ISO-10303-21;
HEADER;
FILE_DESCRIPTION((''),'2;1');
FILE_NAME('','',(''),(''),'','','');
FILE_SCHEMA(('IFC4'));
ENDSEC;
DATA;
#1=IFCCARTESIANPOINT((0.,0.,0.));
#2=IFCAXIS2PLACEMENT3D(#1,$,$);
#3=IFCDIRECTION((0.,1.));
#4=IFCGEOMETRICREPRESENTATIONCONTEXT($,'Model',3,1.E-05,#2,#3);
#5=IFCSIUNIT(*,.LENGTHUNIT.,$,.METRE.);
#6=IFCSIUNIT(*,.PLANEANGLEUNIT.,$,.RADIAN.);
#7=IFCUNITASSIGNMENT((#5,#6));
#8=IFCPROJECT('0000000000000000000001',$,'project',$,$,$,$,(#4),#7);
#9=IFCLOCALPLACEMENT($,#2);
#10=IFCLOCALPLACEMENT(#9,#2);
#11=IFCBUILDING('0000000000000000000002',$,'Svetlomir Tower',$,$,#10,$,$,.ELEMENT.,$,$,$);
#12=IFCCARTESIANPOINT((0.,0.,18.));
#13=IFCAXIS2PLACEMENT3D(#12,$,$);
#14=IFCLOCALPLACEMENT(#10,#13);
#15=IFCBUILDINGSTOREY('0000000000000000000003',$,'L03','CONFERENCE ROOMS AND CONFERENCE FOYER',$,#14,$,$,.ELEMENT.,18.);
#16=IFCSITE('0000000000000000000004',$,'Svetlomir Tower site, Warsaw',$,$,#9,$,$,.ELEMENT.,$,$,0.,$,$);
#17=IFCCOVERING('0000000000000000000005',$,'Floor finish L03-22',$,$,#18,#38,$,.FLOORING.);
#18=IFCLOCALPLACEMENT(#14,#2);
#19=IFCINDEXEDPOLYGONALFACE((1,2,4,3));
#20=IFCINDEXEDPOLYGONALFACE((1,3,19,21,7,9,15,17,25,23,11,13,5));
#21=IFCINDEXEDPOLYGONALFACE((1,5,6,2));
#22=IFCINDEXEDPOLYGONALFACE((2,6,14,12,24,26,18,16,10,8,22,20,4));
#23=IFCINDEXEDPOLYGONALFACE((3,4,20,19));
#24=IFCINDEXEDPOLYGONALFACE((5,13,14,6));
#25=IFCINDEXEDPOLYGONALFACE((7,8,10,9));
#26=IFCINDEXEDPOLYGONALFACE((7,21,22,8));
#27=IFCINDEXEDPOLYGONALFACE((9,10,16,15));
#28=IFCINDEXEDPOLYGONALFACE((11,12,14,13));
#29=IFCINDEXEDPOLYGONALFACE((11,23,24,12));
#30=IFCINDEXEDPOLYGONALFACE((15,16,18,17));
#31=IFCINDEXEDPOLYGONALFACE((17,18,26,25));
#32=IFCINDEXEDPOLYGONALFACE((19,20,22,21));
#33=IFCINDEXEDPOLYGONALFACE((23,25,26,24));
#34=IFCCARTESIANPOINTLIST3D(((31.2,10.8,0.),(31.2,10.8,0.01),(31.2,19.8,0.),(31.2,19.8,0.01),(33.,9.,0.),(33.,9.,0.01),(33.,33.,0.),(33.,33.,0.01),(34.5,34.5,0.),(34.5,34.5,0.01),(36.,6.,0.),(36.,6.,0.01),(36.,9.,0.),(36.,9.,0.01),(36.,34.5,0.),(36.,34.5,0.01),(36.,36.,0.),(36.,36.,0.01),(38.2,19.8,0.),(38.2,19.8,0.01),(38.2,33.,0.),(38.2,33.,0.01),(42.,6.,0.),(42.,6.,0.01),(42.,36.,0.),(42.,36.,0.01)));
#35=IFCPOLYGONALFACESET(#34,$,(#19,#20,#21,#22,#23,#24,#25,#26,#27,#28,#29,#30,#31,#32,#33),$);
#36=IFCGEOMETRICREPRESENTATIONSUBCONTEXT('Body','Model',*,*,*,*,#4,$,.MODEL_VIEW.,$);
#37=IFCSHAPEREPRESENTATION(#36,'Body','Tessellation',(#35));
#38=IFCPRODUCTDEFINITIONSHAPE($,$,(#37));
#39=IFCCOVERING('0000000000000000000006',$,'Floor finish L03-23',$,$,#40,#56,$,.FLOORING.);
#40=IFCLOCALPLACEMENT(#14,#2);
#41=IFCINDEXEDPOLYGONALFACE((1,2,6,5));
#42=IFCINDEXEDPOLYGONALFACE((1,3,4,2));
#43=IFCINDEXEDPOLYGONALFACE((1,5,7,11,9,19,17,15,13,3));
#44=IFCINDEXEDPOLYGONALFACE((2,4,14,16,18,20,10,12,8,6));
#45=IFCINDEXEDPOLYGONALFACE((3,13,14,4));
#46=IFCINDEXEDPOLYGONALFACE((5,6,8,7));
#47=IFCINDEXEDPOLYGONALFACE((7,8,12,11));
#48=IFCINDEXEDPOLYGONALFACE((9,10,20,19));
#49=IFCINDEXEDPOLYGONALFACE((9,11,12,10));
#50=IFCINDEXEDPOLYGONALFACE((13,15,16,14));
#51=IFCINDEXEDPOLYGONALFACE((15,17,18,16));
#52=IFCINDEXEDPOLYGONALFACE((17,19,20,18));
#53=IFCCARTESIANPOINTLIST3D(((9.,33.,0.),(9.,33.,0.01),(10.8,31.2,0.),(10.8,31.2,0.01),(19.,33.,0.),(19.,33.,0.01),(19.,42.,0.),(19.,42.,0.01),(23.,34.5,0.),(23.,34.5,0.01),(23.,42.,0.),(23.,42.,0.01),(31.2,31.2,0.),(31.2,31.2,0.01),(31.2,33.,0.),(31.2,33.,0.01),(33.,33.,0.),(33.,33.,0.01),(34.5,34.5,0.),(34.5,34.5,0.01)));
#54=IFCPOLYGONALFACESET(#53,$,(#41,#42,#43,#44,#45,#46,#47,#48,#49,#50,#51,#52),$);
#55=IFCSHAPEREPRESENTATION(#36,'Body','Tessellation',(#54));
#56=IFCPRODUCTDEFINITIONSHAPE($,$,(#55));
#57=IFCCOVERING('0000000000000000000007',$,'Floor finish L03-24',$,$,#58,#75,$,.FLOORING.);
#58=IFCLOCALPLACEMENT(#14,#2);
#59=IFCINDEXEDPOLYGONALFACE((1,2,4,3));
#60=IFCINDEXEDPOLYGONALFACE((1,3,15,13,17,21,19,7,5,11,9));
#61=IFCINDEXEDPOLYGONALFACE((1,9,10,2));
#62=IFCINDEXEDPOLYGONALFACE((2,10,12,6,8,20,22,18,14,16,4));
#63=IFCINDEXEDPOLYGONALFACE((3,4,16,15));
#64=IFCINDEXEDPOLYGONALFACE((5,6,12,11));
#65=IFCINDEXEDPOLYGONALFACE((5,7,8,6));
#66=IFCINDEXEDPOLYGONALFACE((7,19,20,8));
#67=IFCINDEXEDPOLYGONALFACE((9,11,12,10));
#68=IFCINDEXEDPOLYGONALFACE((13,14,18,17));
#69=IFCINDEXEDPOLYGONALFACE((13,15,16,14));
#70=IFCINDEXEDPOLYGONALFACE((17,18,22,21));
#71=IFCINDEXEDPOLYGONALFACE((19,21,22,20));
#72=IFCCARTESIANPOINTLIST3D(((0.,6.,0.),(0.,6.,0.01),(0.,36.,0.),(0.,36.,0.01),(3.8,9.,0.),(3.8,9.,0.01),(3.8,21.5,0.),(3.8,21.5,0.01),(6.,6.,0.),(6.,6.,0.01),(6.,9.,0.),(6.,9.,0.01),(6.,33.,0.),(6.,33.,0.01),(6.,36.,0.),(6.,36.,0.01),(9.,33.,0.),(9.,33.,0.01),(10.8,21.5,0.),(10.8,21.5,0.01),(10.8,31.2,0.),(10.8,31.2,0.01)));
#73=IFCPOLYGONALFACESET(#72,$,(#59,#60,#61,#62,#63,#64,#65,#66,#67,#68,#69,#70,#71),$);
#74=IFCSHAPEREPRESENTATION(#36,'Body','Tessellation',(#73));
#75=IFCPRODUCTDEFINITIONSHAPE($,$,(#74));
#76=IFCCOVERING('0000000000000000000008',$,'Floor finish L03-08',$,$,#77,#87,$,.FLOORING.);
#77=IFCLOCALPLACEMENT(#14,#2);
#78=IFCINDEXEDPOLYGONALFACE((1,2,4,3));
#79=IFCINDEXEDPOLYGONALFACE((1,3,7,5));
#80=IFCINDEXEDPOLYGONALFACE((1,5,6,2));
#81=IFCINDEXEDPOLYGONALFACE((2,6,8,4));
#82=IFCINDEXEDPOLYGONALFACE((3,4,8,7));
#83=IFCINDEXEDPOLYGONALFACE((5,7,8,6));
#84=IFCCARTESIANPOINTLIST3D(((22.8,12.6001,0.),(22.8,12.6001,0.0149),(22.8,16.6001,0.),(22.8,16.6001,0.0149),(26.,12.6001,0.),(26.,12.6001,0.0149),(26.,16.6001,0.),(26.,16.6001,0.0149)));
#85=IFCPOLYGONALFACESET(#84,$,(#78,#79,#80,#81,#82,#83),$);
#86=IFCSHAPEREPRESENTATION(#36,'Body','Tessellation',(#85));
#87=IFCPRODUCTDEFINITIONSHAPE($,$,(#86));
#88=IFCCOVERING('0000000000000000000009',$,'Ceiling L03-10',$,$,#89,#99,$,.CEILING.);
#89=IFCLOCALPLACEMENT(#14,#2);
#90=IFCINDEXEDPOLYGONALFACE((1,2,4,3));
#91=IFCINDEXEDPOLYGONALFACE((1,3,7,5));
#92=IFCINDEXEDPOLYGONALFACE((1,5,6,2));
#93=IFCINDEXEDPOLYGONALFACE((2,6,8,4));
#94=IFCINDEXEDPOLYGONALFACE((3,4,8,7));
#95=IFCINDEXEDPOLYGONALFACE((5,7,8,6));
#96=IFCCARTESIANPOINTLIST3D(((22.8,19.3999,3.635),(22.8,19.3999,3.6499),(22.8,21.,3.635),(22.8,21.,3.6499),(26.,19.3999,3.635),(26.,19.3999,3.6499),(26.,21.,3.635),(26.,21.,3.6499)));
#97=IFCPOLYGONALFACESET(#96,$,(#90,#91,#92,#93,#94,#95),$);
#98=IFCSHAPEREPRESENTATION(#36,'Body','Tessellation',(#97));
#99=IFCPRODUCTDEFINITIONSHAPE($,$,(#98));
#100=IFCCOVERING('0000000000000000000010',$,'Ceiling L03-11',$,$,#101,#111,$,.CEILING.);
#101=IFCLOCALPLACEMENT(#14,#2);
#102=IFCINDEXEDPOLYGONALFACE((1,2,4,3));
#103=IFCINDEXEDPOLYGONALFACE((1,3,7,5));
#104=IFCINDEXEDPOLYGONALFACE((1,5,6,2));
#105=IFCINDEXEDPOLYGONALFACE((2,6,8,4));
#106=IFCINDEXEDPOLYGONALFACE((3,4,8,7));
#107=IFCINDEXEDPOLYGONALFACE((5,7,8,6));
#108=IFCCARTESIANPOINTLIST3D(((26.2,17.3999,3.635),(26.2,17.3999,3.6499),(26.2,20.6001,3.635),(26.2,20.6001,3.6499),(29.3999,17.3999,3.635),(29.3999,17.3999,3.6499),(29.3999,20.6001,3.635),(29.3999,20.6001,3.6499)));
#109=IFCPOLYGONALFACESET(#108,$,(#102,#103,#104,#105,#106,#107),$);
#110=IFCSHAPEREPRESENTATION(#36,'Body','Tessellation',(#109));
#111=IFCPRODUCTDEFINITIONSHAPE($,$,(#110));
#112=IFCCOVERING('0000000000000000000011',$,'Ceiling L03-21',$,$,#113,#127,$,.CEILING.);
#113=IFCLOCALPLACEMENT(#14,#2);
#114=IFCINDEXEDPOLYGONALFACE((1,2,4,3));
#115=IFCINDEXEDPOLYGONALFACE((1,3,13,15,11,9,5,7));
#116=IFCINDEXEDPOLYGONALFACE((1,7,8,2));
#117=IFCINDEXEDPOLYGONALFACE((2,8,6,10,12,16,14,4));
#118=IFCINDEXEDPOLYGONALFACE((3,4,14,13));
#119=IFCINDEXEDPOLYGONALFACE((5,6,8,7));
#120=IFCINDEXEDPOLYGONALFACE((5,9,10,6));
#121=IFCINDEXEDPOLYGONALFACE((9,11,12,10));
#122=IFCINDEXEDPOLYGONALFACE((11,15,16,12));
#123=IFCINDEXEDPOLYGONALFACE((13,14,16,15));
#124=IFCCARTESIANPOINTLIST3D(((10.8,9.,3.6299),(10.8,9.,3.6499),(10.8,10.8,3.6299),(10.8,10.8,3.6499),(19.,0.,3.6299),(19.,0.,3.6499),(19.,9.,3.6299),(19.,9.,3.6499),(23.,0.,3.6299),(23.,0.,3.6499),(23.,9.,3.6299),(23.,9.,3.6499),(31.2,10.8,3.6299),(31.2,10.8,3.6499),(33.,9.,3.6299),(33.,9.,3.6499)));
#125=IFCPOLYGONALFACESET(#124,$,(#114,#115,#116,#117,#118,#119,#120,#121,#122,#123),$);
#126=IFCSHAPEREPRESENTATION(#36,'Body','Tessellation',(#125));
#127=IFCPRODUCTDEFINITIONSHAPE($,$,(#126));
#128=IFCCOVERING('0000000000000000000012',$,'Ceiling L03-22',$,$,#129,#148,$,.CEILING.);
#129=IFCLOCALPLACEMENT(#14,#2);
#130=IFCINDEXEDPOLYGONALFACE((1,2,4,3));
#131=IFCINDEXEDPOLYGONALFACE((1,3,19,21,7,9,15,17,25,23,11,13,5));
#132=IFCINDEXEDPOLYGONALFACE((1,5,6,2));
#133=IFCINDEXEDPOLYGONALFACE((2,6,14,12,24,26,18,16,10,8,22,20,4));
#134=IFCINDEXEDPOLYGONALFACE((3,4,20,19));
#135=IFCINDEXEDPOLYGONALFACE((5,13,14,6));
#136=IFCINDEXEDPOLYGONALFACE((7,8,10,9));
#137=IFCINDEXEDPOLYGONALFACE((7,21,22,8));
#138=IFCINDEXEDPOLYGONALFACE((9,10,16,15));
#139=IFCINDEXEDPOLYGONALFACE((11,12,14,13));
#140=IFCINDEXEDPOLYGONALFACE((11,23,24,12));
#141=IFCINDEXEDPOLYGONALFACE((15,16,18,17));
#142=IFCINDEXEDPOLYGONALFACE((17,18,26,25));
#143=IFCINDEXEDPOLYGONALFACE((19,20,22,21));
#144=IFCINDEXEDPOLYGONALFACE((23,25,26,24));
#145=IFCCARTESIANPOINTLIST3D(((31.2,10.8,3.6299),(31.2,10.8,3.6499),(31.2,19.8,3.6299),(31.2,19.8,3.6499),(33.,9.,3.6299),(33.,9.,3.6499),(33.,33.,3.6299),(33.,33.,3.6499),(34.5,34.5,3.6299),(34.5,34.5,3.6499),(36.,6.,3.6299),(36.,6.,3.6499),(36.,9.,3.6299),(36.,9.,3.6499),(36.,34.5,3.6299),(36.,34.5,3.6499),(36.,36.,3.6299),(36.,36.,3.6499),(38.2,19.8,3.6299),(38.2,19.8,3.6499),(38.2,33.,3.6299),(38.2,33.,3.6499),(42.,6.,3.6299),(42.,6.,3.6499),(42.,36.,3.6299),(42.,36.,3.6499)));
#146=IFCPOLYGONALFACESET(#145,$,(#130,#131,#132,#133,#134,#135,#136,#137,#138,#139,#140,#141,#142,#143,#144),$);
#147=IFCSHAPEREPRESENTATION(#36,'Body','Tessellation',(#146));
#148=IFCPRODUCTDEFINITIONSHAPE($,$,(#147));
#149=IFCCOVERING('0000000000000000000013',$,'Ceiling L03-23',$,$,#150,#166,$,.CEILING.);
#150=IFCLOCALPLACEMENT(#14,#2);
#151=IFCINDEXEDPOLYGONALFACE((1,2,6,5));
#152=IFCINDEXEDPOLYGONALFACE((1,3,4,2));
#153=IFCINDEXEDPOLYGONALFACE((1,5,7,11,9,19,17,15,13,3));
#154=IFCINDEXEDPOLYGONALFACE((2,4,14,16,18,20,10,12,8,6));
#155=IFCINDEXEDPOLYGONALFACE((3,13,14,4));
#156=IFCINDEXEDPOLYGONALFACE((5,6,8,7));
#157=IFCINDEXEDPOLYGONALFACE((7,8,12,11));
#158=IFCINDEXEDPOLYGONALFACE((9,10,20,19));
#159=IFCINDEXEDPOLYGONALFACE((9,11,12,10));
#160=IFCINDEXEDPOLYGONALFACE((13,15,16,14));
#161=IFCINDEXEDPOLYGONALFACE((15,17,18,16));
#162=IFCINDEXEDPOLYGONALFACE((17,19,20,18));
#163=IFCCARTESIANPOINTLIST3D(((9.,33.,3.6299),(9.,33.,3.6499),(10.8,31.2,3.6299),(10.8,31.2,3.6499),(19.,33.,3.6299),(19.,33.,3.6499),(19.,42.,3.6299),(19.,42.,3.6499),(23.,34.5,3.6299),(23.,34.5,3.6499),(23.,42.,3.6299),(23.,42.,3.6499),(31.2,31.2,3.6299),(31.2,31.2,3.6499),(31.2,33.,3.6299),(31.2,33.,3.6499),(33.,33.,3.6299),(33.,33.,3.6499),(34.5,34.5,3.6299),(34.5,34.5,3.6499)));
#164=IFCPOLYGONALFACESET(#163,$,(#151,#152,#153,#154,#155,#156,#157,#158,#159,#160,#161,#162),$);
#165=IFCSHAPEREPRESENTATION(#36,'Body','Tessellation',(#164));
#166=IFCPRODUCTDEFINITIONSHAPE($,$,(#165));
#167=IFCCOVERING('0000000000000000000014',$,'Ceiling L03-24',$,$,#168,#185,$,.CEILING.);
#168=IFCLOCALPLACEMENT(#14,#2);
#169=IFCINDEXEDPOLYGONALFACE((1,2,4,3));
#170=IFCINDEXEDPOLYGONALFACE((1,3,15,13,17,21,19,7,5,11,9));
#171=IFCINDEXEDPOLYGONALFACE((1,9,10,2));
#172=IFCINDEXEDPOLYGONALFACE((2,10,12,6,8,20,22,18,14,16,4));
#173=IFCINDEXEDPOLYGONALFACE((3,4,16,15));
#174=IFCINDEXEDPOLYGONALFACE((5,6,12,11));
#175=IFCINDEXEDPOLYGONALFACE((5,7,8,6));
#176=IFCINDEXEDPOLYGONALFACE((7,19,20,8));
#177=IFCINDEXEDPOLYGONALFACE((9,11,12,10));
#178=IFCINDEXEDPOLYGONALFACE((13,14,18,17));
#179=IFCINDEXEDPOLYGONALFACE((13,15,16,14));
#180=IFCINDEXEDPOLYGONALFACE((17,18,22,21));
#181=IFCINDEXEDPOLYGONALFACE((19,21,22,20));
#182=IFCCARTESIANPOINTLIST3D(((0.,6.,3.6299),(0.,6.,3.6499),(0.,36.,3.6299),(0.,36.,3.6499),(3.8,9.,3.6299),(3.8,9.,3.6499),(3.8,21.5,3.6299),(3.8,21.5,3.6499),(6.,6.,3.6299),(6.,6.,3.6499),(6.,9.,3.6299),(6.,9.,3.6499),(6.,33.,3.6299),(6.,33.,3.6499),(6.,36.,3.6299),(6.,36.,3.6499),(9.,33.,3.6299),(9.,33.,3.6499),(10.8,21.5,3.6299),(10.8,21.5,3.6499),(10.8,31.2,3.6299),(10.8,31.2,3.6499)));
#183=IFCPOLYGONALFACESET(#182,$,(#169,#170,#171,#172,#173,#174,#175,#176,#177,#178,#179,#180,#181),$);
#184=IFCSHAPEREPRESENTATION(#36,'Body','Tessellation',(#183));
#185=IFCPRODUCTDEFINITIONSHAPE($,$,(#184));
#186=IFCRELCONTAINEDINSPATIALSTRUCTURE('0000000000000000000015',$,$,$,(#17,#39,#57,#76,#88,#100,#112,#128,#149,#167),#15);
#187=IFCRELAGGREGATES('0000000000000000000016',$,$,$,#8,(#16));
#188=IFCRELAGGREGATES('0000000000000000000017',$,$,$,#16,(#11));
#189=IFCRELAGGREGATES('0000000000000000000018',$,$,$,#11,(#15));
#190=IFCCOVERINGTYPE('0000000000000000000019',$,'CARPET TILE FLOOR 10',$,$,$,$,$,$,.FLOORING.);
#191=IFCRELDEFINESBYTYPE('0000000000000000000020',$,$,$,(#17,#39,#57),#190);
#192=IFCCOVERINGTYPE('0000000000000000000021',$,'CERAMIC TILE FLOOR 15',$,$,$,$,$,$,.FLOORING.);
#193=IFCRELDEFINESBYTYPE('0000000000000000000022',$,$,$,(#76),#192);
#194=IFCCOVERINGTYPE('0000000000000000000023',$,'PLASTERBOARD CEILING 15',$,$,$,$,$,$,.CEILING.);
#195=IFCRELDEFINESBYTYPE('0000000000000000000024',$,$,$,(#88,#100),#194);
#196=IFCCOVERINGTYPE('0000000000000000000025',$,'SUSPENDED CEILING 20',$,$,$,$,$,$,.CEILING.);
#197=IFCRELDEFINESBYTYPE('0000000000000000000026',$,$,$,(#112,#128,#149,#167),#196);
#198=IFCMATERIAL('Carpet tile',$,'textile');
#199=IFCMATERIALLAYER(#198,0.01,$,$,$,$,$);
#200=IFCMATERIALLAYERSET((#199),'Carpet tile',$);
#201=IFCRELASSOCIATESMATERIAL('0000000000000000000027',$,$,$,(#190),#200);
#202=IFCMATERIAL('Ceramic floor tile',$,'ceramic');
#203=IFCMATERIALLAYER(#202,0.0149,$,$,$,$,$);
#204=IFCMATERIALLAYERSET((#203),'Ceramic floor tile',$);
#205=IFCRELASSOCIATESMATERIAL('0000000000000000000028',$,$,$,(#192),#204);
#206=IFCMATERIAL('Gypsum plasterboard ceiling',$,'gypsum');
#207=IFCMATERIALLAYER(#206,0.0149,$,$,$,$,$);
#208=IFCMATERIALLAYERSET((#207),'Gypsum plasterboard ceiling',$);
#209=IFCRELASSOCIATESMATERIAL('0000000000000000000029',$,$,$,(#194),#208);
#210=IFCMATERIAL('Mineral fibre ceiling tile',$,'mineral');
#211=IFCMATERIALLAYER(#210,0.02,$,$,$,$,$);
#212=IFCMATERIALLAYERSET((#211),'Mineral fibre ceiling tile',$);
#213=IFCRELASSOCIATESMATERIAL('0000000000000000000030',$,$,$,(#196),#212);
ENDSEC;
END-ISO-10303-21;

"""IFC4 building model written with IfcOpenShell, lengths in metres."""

from ifc_helpers import new_model, si_unit, direction, frame, origin, place, context, subcontext, project, spatial, polyline, outline, extrude, material, layer, layer_set, type_object, element, save


model = new_model("IFC4")

# Units and contexts
model_context = context("Model", 3, precision=1e-05, world=origin(), true_north=direction((0.0, 1.0)))
body_context = subcontext(model_context, "Body", "Model", "MODEL_VIEW")
ifc_project = project(units=[si_unit("LENGTHUNIT", "METRE"), si_unit("PLANEANGLEUNIT", "RADIAN")], contexts=[model_context])

# Site, building, storey
site_placement = place(None, origin())
site = spatial("IfcSite", under=ifc_project, at=site_placement, Name="Svetlomir Tower site, Warsaw", CompositionType="ELEMENT", RefElevation=0.0)
building_placement = place(site_placement, origin())
building = spatial("IfcBuilding", under=site, at=building_placement, Name="Svetlomir Tower", CompositionType="ELEMENT")
storey_placement = place(building_placement, frame((0.0, 0.0, 18.0)))
storey = spatial("IfcBuildingStorey", under=building, at=storey_placement, Name="L03", Description="CONFERENCE ROOMS AND CONFERENCE FOYER", CompositionType="ELEMENT", Elevation=18.0)

# Coverings
ifc_material_1 = material(Name="Carpet tile", Category="textile")
ifc_layer_1 = layer(ifc_material_1, 0.01)
ifc_layer_set_1 = layer_set([ifc_layer_1], Name="Carpet tile")
covering_type_1 = type_object("IfcCoveringType", Name="CARPET TILE FLOOR 10", PredefinedType="FLOORING", material=ifc_layer_set_1)
covering_1_placement = place(storey_placement, origin())
element("IfcCovering", 1, at=covering_1_placement, inside=storey, type_object=covering_type_1, Name="Floor finish L03-22", PredefinedType="FLOORING", context=body_context, shape_type="SweptSolid", body=[
    extrude(outline(polyline([(31.2, 19.8), (38.2, 19.8), (38.2, 33.0), (33.0, 33.0), (34.5, 34.5), (36.0, 34.5), (36.0, 36.0), (42.0, 36.0), (42.0, 6.0), (36.0, 6.0), (36.0, 9.0), (33.0, 9.0), (31.2, 10.8), (31.2, 19.8)])), origin(), (0.0, 0.0, 1.0), 0.01),
])
covering_2_placement = place(storey_placement, origin())
element("IfcCovering", 2, at=covering_2_placement, inside=storey, type_object=covering_type_1, Name="Floor finish L03-23", PredefinedType="FLOORING", context=body_context, shape_type="SweptSolid", body=[
    extrude(outline(polyline([(31.2, 33.0), (31.2, 31.2), (10.8, 31.2), (9.0, 33.0), (19.0, 33.0), (19.0, 42.0), (23.0, 42.0), (23.0, 34.5), (34.5, 34.5), (33.0, 33.0), (31.2, 33.0)])), origin(), (0.0, 0.0, 1.0), 0.01),
])
covering_3_placement = place(storey_placement, origin())
element("IfcCovering", 3, at=covering_3_placement, inside=storey, type_object=covering_type_1, Name="Floor finish L03-24", PredefinedType="FLOORING", context=body_context, shape_type="SweptSolid", body=[
    extrude(outline(polyline([(10.8, 31.2), (10.8, 21.5), (3.8, 21.5), (3.8, 9.0), (6.0, 9.0), (6.0, 6.0), (0.0, 6.0), (0.0, 36.0), (6.0, 36.0), (6.0, 33.0), (9.0, 33.0), (10.8, 31.2)])), origin(), (0.0, 0.0, 1.0), 0.01),
])
ifc_material_2 = material(Name="Ceramic floor tile", Category="ceramic")
ifc_layer_2 = layer(ifc_material_2, 0.0149)
ifc_layer_set_2 = layer_set([ifc_layer_2], Name="Ceramic floor tile")
covering_type_2 = type_object("IfcCoveringType", Name="CERAMIC TILE FLOOR 15", PredefinedType="FLOORING", material=ifc_layer_set_2)
covering_4_placement = place(storey_placement, origin())
element("IfcCovering", 4, at=covering_4_placement, inside=storey, type_object=covering_type_2, Name="Floor finish L03-08", PredefinedType="FLOORING", context=body_context, shape_type="SweptSolid", body=[
    extrude(outline(polyline([(22.8, 12.6001), (26.0, 12.6001), (26.0, 16.6001), (22.8, 16.6001), (22.8, 12.6001)])), origin(), (0.0, 0.0, 1.0), 0.0149),
])
ifc_material_3 = material(Name="Gypsum plasterboard ceiling", Category="gypsum")
ifc_layer_3 = layer(ifc_material_3, 0.0149)
ifc_layer_set_3 = layer_set([ifc_layer_3], Name="Gypsum plasterboard ceiling")
covering_type_3 = type_object("IfcCoveringType", Name="PLASTERBOARD CEILING 15", PredefinedType="CEILING", material=ifc_layer_set_3)
covering_5_placement = place(storey_placement, frame((0.0, 0.0, 3.635)))
element("IfcCovering", 5, at=covering_5_placement, inside=storey, type_object=covering_type_3, Name="Ceiling L03-10", PredefinedType="CEILING", context=body_context, shape_type="SweptSolid", body=[
    extrude(outline(polyline([(22.8, 19.3999), (26.0, 19.3999), (26.0, 21.0), (22.8, 21.0), (22.8, 19.3999)])), origin(), (0.0, 0.0, 1.0), 0.0149),
])
covering_6_placement = place(storey_placement, frame((0.0, 0.0, 3.635)))
element("IfcCovering", 6, at=covering_6_placement, inside=storey, type_object=covering_type_3, Name="Ceiling L03-11", PredefinedType="CEILING", context=body_context, shape_type="SweptSolid", body=[
    extrude(outline(polyline([(26.2, 17.3999), (29.3999, 17.3999), (29.3999, 20.6001), (26.2, 20.6001), (26.2, 17.3999)])), origin(), (0.0, 0.0, 1.0), 0.0149),
])
ifc_material_4 = material(Name="Mineral fibre ceiling tile", Category="mineral")
ifc_layer_4 = layer(ifc_material_4, 0.02)
ifc_layer_set_4 = layer_set([ifc_layer_4], Name="Mineral fibre ceiling tile")
covering_type_4 = type_object("IfcCoveringType", Name="SUSPENDED CEILING 20", PredefinedType="CEILING", material=ifc_layer_set_4)
covering_7_placement = place(storey_placement, frame((0.0, 0.0, 3.6299)))
element("IfcCovering", 7, at=covering_7_placement, inside=storey, type_object=covering_type_4, Name="Ceiling L03-21", PredefinedType="CEILING", context=body_context, shape_type="SweptSolid", body=[
    extrude(outline(polyline([(19.0, 9.0), (10.8, 9.0), (10.8, 10.8), (31.2, 10.8), (33.0, 9.0), (23.0, 9.0), (23.0, 0.0), (19.0, 0.0), (19.0, 9.0)])), origin(), (0.0, 0.0, 1.0), 0.02),
])
covering_8_placement = place(storey_placement, frame((0.0, 0.0, 3.6299)))
element("IfcCovering", 8, at=covering_8_placement, inside=storey, type_object=covering_type_4, Name="Ceiling L03-22", PredefinedType="CEILING", context=body_context, shape_type="SweptSolid", body=[
    extrude(outline(polyline([(31.2, 19.8), (38.2, 19.8), (38.2, 33.0), (33.0, 33.0), (34.5, 34.5), (36.0, 34.5), (36.0, 36.0), (42.0, 36.0), (42.0, 6.0), (36.0, 6.0), (36.0, 9.0), (33.0, 9.0), (31.2, 10.8), (31.2, 19.8)])), origin(), (0.0, 0.0, 1.0), 0.02),
])
covering_9_placement = place(storey_placement, frame((0.0, 0.0, 3.6299)))
element("IfcCovering", 9, at=covering_9_placement, inside=storey, type_object=covering_type_4, Name="Ceiling L03-23", PredefinedType="CEILING", context=body_context, shape_type="SweptSolid", body=[
    extrude(outline(polyline([(31.2, 33.0), (31.2, 31.2), (10.8, 31.2), (9.0, 33.0), (19.0, 33.0), (19.0, 42.0), (23.0, 42.0), (23.0, 34.5), (34.5, 34.5), (33.0, 33.0), (31.2, 33.0)])), origin(), (0.0, 0.0, 1.0), 0.02),
])
covering_10_placement = place(storey_placement, frame((0.0, 0.0, 3.6299)))
element("IfcCovering", 10, at=covering_10_placement, inside=storey, type_object=covering_type_4, Name="Ceiling L03-24", PredefinedType="CEILING", context=body_context, shape_type="SweptSolid", body=[
    extrude(outline(polyline([(10.8, 31.2), (10.8, 21.5), (3.8, 21.5), (3.8, 9.0), (6.0, 9.0), (6.0, 6.0), (0.0, 6.0), (0.0, 36.0), (6.0, 36.0), (6.0, 33.0), (9.0, 33.0), (10.8, 31.2)])), origin(), (0.0, 0.0, 1.0), 0.02),
])

save(model, "model.ifc")
